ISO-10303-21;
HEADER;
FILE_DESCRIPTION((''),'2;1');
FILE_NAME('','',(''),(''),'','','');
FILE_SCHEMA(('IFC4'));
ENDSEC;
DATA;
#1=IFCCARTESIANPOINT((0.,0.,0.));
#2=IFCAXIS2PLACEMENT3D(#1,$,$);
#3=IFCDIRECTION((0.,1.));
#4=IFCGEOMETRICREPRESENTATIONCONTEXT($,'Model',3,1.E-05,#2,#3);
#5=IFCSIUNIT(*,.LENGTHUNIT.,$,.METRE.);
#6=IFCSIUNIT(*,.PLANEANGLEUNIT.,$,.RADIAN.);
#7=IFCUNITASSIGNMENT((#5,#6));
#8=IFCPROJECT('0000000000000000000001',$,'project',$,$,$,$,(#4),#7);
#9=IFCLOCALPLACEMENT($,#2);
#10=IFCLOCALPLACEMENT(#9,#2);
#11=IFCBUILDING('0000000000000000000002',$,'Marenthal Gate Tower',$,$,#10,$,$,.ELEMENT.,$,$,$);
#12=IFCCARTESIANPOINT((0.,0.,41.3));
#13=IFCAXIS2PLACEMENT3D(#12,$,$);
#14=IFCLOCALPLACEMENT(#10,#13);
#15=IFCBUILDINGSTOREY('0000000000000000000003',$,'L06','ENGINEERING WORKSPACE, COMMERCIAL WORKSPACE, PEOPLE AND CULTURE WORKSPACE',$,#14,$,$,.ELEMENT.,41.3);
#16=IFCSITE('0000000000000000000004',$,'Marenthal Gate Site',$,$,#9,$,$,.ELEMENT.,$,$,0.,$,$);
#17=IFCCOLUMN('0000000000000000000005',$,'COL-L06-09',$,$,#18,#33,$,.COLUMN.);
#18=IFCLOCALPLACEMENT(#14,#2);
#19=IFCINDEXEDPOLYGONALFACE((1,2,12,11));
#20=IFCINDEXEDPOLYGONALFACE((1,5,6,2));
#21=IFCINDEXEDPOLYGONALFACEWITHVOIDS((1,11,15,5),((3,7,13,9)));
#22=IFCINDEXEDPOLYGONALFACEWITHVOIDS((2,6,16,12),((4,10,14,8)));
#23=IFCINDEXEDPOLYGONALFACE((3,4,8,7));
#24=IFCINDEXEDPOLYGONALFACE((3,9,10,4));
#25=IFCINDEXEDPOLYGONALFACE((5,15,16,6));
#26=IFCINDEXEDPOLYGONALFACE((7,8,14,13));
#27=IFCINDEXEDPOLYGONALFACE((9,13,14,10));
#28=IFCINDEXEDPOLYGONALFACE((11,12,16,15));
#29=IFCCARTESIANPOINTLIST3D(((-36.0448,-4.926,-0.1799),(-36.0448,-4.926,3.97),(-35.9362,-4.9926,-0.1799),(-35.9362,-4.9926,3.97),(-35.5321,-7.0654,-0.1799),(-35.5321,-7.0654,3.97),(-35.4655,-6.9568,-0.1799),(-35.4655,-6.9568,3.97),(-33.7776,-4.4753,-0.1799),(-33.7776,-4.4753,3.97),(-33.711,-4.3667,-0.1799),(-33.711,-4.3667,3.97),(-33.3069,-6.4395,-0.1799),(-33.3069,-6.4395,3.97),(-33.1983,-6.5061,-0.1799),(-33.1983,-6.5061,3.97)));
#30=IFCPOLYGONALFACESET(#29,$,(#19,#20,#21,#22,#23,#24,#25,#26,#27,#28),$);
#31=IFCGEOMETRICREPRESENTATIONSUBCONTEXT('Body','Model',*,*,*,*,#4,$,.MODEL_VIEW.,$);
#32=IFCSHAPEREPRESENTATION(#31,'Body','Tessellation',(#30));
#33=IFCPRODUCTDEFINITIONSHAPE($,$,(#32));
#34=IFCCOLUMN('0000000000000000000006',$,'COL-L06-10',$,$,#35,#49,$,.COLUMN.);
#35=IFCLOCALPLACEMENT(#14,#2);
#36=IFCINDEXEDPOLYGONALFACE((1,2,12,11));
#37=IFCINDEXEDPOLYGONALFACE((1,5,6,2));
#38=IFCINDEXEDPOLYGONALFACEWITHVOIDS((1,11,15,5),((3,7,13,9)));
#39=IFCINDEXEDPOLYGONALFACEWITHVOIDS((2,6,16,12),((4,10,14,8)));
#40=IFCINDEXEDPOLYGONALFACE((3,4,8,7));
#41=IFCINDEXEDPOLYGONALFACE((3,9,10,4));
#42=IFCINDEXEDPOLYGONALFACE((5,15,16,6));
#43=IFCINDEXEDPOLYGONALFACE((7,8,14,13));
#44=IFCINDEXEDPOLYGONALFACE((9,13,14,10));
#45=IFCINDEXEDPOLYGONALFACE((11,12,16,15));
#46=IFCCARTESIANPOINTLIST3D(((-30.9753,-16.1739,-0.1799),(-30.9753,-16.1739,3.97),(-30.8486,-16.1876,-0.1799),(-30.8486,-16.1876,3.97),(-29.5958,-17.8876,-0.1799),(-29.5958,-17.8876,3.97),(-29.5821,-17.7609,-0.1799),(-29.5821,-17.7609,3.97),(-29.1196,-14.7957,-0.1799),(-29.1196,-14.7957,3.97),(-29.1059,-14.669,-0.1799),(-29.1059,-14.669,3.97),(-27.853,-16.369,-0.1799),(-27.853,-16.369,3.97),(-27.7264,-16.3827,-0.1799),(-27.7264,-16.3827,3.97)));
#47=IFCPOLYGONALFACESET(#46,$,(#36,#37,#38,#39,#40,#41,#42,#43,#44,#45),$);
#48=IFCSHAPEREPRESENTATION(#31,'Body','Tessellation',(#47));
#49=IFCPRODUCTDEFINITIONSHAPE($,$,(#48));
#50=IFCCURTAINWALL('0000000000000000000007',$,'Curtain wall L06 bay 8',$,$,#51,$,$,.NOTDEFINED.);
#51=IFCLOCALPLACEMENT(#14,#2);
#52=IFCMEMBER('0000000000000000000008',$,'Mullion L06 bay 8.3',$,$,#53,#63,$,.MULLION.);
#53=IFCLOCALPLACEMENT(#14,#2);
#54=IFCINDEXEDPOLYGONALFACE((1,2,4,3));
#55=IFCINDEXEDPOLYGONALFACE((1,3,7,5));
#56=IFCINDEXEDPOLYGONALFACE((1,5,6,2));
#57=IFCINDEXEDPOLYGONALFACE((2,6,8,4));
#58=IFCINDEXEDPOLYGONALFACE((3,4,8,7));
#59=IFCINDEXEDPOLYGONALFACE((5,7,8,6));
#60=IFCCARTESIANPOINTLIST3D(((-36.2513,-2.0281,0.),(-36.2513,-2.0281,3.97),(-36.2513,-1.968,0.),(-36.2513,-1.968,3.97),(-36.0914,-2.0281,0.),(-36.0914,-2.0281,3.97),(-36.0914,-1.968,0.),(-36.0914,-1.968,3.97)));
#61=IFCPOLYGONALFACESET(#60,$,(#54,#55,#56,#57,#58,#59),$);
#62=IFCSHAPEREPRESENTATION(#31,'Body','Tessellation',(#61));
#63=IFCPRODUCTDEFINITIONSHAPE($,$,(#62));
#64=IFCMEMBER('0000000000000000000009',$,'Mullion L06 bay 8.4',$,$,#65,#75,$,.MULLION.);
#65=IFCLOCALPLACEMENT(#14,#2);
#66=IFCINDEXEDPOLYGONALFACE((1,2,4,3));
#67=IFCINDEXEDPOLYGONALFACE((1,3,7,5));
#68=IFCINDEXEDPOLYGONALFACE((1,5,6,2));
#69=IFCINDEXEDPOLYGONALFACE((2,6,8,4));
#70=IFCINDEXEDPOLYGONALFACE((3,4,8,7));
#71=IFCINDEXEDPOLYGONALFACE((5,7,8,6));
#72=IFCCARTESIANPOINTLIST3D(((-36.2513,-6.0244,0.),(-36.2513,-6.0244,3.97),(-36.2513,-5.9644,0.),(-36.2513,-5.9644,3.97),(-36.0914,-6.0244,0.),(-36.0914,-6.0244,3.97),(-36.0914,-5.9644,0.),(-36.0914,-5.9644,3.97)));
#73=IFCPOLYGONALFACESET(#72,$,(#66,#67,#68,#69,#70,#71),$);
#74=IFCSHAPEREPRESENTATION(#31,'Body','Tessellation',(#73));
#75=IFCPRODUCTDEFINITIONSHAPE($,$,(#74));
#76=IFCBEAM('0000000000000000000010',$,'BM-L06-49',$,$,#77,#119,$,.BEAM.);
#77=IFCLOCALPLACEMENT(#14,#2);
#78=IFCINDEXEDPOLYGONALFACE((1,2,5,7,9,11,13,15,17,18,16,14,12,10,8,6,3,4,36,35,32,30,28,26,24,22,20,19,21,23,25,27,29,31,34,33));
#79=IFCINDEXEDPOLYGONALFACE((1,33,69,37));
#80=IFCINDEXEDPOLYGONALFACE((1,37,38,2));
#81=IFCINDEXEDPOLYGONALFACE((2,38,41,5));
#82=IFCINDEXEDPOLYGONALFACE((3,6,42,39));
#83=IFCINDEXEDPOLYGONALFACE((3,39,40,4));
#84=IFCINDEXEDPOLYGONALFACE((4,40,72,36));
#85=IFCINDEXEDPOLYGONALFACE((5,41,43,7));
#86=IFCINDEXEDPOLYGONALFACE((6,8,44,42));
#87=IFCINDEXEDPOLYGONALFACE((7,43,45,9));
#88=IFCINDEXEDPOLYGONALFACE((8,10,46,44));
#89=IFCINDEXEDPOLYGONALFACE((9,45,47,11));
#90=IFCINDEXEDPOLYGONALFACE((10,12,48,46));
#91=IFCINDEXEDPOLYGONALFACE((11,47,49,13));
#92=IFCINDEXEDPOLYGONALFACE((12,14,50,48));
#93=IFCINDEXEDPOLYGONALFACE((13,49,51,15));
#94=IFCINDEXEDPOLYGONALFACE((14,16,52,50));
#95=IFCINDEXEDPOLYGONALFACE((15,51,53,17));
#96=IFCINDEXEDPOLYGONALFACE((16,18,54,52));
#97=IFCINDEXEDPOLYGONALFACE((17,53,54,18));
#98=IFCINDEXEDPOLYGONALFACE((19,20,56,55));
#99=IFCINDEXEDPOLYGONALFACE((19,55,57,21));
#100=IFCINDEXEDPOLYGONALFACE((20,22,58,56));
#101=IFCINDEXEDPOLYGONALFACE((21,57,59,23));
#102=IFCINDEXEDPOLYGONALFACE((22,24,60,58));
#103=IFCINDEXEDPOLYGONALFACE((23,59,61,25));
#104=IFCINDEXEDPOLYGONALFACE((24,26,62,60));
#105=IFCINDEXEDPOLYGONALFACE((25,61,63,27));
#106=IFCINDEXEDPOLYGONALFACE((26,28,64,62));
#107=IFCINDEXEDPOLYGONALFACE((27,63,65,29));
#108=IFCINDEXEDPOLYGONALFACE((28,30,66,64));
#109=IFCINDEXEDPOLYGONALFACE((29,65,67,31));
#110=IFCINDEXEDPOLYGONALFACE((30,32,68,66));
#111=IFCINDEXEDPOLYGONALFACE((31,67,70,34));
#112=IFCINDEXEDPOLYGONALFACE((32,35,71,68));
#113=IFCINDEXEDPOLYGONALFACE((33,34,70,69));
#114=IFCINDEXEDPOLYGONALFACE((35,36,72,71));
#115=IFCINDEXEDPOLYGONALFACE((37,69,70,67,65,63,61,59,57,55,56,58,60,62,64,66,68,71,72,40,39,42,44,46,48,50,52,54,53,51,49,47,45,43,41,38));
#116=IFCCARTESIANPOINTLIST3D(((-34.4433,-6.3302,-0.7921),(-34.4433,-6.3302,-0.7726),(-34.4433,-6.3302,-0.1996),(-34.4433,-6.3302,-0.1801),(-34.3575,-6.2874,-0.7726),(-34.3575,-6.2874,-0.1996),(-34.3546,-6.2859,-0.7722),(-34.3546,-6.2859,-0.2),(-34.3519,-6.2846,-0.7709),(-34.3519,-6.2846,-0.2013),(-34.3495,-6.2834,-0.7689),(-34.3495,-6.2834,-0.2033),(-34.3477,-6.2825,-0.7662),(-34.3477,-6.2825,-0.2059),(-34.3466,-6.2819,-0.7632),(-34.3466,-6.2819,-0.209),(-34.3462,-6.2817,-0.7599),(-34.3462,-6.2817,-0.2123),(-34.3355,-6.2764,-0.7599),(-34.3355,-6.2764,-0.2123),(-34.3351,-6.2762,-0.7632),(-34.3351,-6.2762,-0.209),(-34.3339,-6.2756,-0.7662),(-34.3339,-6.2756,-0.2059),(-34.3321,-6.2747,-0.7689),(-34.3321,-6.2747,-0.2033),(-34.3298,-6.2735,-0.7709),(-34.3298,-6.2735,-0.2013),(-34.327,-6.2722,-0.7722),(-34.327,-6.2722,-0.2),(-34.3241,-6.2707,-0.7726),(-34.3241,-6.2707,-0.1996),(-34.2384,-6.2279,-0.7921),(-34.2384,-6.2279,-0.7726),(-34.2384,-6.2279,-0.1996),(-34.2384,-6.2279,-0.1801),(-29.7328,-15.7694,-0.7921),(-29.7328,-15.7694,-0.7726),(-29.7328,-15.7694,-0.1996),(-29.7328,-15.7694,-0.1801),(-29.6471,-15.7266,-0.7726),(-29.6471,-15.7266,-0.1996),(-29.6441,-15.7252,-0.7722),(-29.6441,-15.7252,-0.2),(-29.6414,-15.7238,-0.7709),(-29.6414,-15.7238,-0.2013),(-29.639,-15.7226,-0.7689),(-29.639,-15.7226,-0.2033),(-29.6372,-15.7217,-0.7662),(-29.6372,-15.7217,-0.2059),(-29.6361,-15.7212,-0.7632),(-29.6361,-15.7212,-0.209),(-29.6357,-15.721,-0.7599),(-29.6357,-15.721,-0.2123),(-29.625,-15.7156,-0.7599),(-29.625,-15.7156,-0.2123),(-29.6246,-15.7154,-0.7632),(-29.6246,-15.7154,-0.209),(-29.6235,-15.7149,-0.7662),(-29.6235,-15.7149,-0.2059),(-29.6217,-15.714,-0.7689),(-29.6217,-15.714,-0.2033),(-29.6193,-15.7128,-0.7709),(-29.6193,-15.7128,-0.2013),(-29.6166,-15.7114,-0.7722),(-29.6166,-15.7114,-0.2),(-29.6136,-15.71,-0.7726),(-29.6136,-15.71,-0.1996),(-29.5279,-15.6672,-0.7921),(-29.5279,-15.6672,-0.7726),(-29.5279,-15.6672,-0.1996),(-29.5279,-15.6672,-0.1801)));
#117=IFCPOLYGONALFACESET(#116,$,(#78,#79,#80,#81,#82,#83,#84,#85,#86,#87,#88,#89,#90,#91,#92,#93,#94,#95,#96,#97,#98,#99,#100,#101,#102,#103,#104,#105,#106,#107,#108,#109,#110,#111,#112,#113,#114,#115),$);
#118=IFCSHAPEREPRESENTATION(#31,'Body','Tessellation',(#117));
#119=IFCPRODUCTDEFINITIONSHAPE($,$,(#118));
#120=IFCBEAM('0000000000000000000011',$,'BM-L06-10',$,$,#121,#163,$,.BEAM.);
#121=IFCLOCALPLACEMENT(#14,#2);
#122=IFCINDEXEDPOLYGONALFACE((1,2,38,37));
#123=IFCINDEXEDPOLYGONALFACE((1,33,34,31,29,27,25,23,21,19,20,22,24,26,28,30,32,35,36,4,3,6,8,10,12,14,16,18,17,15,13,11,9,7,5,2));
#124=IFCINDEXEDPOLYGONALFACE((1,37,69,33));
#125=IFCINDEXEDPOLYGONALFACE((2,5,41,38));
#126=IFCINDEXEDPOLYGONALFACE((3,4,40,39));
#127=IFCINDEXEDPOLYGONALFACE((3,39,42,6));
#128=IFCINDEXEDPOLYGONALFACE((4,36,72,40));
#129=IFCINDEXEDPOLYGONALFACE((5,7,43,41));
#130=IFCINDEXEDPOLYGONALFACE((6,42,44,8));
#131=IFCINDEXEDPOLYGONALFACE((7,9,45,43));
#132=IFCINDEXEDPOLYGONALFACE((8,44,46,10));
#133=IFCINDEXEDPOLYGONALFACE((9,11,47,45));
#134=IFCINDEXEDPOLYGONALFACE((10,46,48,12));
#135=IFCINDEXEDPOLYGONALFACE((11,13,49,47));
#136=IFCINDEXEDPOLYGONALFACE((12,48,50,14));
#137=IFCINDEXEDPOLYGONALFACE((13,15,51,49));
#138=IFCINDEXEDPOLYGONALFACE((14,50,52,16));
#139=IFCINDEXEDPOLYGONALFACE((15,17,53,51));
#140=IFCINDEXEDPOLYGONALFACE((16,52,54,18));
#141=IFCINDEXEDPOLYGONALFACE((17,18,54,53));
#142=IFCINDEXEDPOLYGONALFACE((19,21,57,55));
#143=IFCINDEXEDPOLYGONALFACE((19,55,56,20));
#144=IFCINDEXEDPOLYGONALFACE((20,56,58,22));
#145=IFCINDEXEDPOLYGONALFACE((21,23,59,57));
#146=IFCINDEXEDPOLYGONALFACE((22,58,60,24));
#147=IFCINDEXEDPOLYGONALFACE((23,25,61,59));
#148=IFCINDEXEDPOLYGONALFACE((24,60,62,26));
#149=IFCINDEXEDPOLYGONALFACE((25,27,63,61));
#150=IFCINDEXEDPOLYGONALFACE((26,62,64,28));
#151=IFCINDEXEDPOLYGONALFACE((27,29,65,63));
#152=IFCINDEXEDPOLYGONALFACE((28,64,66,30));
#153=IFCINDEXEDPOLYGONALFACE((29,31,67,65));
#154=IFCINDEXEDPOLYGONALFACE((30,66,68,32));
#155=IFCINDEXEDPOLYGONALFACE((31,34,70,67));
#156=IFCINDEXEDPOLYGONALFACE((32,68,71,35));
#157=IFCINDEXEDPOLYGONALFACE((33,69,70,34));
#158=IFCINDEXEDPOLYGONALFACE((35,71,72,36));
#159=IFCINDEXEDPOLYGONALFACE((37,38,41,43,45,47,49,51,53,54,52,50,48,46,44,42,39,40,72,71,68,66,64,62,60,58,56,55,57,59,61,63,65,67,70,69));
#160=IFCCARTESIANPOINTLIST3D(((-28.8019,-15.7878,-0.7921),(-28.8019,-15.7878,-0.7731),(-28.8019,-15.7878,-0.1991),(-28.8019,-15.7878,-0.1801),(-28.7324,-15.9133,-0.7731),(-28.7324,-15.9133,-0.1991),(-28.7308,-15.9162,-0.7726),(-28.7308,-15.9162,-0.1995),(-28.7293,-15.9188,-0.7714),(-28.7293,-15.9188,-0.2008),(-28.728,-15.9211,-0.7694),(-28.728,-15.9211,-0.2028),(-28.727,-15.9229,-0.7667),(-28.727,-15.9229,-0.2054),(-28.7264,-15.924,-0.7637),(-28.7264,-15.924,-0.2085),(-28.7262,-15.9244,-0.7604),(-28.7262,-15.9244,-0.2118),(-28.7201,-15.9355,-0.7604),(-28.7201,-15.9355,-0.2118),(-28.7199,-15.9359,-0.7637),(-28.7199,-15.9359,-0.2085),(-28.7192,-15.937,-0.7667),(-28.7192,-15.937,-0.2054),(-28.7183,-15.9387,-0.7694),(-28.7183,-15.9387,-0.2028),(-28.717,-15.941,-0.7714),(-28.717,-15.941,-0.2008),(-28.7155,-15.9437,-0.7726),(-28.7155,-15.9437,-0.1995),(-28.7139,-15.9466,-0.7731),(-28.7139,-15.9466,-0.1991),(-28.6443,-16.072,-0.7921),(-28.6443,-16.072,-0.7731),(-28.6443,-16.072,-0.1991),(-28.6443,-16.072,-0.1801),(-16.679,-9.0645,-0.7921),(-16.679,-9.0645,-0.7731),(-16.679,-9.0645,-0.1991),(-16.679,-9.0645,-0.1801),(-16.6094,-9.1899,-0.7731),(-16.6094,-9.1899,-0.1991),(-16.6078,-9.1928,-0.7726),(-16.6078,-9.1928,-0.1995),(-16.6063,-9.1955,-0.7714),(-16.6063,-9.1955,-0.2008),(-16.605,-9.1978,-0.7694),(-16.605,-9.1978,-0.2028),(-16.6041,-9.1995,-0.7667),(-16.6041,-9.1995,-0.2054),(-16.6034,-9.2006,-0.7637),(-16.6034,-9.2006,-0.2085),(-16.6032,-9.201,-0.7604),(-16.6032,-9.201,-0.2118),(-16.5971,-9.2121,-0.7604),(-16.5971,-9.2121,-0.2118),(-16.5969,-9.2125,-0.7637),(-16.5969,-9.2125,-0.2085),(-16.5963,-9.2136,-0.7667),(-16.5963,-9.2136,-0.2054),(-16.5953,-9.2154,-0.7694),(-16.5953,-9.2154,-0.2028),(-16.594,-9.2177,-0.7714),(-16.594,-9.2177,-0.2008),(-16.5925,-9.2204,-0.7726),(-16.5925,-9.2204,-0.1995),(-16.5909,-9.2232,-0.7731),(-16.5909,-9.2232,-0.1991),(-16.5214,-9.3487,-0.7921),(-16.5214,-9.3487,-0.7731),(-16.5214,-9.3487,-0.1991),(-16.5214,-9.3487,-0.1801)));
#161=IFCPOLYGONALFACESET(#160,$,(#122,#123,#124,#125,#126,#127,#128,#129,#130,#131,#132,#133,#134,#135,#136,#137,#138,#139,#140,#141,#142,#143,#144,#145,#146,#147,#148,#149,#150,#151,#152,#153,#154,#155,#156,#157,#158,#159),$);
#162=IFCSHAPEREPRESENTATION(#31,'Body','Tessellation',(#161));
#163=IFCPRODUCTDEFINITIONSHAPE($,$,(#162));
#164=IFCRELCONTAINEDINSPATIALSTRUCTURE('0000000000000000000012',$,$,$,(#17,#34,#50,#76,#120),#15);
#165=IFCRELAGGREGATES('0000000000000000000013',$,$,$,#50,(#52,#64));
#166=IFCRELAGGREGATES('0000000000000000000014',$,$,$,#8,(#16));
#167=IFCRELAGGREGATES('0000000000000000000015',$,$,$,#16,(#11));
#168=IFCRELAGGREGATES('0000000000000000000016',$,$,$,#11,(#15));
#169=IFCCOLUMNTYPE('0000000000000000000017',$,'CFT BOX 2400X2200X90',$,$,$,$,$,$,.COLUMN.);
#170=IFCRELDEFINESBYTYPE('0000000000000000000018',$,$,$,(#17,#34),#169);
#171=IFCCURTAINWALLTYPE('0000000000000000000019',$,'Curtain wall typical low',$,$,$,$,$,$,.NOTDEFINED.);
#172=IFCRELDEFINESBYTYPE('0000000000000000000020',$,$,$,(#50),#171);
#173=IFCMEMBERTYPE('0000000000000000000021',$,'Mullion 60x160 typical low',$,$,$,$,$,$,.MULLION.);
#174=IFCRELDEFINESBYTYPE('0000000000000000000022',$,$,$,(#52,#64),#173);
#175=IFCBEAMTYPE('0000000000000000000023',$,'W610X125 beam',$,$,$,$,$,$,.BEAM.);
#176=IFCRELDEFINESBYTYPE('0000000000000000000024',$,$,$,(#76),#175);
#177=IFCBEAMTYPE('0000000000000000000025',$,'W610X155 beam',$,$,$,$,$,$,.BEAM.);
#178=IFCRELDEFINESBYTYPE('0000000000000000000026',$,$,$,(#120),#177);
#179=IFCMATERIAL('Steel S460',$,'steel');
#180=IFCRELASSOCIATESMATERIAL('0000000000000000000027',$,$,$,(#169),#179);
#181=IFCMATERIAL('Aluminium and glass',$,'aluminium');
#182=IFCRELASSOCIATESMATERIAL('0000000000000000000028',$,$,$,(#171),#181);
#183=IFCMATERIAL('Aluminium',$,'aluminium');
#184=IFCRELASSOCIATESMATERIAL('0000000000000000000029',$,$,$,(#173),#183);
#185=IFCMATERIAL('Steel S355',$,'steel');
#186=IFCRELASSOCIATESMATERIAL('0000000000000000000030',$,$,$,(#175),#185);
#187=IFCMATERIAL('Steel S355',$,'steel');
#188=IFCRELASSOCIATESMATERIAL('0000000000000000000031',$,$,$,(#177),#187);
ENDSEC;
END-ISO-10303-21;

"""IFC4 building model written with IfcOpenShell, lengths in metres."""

from ifc_helpers import new_model, si_unit, direction, frame, origin, origin_2d, place, context, subcontext, project, spatial, rectangle, hollow_rectangle, i_section, extrude, material, material_profile, profile_set, type_object, element, aggregate, save


model = new_model("IFC4")

# Units and contexts
model_context = context("Model", 3, precision=1e-05, world=origin(), true_north=direction((0.0, 1.0)))
body_context = subcontext(model_context, "Body", "Model", "MODEL_VIEW")
ifc_project = project(units=[si_unit("LENGTHUNIT", "METRE"), si_unit("PLANEANGLEUNIT", "RADIAN")], contexts=[model_context])

# Site, building, storey
site_placement = place(None, origin())
site = spatial("IfcSite", under=ifc_project, at=site_placement, Name="Marenthal Gate Site", CompositionType="ELEMENT", RefElevation=0.0)
building_placement = place(site_placement, origin())
building = spatial("IfcBuilding", under=site, at=building_placement, Name="Marenthal Gate Tower", CompositionType="ELEMENT")
storey_placement = place(building_placement, frame((0.0, 0.0, 41.3)))
storey = spatial("IfcBuildingStorey", under=building, at=storey_placement, Name="L06", Description="ENGINEERING WORKSPACE, COMMERCIAL WORKSPACE, PEOPLE AND CULTURE WORKSPACE", CompositionType="ELEMENT", Elevation=41.3)

# Columns
ifc_material_1 = material(Name="Steel S460", Category="steel")
ifc_material_profile_1 = material_profile(ifc_material_1, hollow_rectangle(XDim=2.2, YDim=2.3999, WallThickness=0.0901, at=origin_2d()), Name="CFT BOX 2400X2200X90")
ifc_material_2 = material(Name="Concrete 70 MPa", Category="concrete")
ifc_material_profile_2 = material_profile(ifc_material_2, rectangle(XDim=2.02, YDim=2.22, at=origin_2d()), Name="CFT BOX 2400X2200X90 INFILL")
ifc_profile_set_1 = profile_set([ifc_material_profile_1, ifc_material_profile_2], Name="Steel S460 shell, Concrete 70 MPa infill")
column_type = type_object("IfcColumnType", Name="CFT BOX 2400X2200X90", PredefinedType="COLUMN", material=ifc_profile_set_1)
for number, where, z_axis, x_axis, name in (
    (1, (-34.6216, -5.7161, -0.1799), (0.0, 0.0, 1.0), (-0.233047, 0.972466, 0.0), "COL-L06-09"),
    (2, (-29.3508, -16.2783, -0.1799), (0.0, 0.0, 1.0), (-0.62707, 0.778963, 0.0), "COL-L06-10"),
):
    element("IfcColumn", number, at=place(storey_placement, frame(where, z_axis=z_axis, x_axis=x_axis)), inside=storey, type_object=column_type, Name=name, PredefinedType="COLUMN", context=body_context, shape_type="SweptSolid", body=[
        extrude(hollow_rectangle(XDim=2.2, YDim=2.3999, WallThickness=0.0901, at=origin_2d()), origin(), (0.0, 0.0, 1.0), 4.1499),
    ])

# Curtain wall, members
ifc_material_3 = material(Name="Aluminium and glass", Category="aluminium")
curtain_wall_type = type_object("IfcCurtainWallType", Name="Curtain wall typical low", PredefinedType="NOTDEFINED", material=ifc_material_3)
curtain_wall_placement = place(storey_placement, origin())
curtain_wall = element("IfcCurtainWall", 3, at=curtain_wall_placement, inside=storey, type_object=curtain_wall_type, Name="Curtain wall L06 bay 8", PredefinedType="NOTDEFINED")
ifc_material_4 = material(Name="Aluminium", Category="aluminium")
ifc_material_profile_3 = material_profile(ifc_material_4, rectangle(XDim=0.1599, YDim=0.0601, at=origin_2d()), Name="60x160 aluminium mullion")
ifc_profile_set_2 = profile_set([ifc_material_profile_3], Name="Aluminium")
member_type = type_object("IfcMemberType", Name="Mullion 60x160 typical low", PredefinedType="MULLION", material=ifc_profile_set_2)
member_1_placement = place(storey_placement, frame((-36.1714, -1.998, 0.0), z_axis=(0.0, 0.0, 1.0), x_axis=(1.0, 0.0, 0.0)))
member_1 = element("IfcMember", 4, at=member_1_placement, type_object=member_type, Name="Mullion L06 bay 8.3", PredefinedType="MULLION", context=body_context, shape_type="SweptSolid", body=[
    extrude(rectangle(XDim=0.1599, YDim=0.0601, at=origin_2d()), origin(), (0.0, 0.0, 1.0), 3.97),
])
member_2_placement = place(storey_placement, frame((-36.1714, -5.9944, 0.0), z_axis=(0.0, 0.0, 1.0), x_axis=(1.0, 0.0, 0.0)))
member_2 = element("IfcMember", 5, at=member_2_placement, type_object=member_type, Name="Mullion L06 bay 8.4", PredefinedType="MULLION", context=body_context, shape_type="SweptSolid", body=[
    extrude(rectangle(XDim=0.1599, YDim=0.0601, at=origin_2d()), origin(), (0.0, 0.0, 1.0), 3.97),
])

# Beams
ifc_material_5 = material(Name="Steel S355", Category="steel")
ifc_material_profile_4 = material_profile(ifc_material_5, i_section(OverallWidth=0.229, OverallDepth=0.6121, WebThickness=0.012, FlangeThickness=0.0195, FilletRadius=0.0127, at=origin_2d()), Name="W610X125")
ifc_profile_set_3 = profile_set([ifc_material_profile_4], Name="Steel S355")
beam_type_1 = type_object("IfcBeamType", Name="W610X125 beam", PredefinedType="BEAM", material=ifc_profile_set_3)
beam_1_placement = place(storey_placement, frame((-34.3408, -6.2791, -0.4861), z_axis=(0.446519, -0.894774, 0.0), x_axis=(0.894774, 0.446519, 0.0)))
element("IfcBeam", 6, at=beam_1_placement, inside=storey, type_object=beam_type_1, Name="BM-L06-49", PredefinedType="BEAM", context=body_context, shape_type="SweptSolid", body=[
    extrude(i_section(OverallWidth=0.229, OverallDepth=0.6121, WebThickness=0.012, FlangeThickness=0.0195, FilletRadius=0.0127, at=origin_2d()), origin(), (0.0, 0.0, 1.0), 10.5493),
])
ifc_material_6 = material(Name="Steel S355", Category="steel")
ifc_material_profile_5 = material_profile(ifc_material_6, i_section(OverallWidth=0.325, OverallDepth=0.6121, WebThickness=0.0127, FlangeThickness=0.019, FilletRadius=0.0127, at=origin_2d()), Name="W610X155")
ifc_profile_set_4 = profile_set([ifc_material_profile_5], Name="Steel S355")
beam_type_2 = type_object("IfcBeamType", Name="W610X155 beam", PredefinedType="BEAM", material=ifc_profile_set_4)
beam_2_placement = place(storey_placement, frame((-28.7231, -15.9299, -0.4861), z_axis=(0.874513, 0.485001, 0.0), x_axis=(-0.485001, 0.874513, 0.0)))
element("IfcBeam", 7, at=beam_2_placement, inside=storey, type_object=beam_type_2, Name="BM-L06-10", PredefinedType="BEAM", context=body_context, shape_type="SweptSolid", body=[
    extrude(i_section(OverallWidth=0.325, OverallDepth=0.6121, WebThickness=0.0127, FlangeThickness=0.019, FilletRadius=0.0127, at=origin_2d()), origin(), (0.0, 0.0, 1.0), 13.8625),
])

aggregate(curtain_wall, [member_1, member_2])

save(model, "model.ifc")
